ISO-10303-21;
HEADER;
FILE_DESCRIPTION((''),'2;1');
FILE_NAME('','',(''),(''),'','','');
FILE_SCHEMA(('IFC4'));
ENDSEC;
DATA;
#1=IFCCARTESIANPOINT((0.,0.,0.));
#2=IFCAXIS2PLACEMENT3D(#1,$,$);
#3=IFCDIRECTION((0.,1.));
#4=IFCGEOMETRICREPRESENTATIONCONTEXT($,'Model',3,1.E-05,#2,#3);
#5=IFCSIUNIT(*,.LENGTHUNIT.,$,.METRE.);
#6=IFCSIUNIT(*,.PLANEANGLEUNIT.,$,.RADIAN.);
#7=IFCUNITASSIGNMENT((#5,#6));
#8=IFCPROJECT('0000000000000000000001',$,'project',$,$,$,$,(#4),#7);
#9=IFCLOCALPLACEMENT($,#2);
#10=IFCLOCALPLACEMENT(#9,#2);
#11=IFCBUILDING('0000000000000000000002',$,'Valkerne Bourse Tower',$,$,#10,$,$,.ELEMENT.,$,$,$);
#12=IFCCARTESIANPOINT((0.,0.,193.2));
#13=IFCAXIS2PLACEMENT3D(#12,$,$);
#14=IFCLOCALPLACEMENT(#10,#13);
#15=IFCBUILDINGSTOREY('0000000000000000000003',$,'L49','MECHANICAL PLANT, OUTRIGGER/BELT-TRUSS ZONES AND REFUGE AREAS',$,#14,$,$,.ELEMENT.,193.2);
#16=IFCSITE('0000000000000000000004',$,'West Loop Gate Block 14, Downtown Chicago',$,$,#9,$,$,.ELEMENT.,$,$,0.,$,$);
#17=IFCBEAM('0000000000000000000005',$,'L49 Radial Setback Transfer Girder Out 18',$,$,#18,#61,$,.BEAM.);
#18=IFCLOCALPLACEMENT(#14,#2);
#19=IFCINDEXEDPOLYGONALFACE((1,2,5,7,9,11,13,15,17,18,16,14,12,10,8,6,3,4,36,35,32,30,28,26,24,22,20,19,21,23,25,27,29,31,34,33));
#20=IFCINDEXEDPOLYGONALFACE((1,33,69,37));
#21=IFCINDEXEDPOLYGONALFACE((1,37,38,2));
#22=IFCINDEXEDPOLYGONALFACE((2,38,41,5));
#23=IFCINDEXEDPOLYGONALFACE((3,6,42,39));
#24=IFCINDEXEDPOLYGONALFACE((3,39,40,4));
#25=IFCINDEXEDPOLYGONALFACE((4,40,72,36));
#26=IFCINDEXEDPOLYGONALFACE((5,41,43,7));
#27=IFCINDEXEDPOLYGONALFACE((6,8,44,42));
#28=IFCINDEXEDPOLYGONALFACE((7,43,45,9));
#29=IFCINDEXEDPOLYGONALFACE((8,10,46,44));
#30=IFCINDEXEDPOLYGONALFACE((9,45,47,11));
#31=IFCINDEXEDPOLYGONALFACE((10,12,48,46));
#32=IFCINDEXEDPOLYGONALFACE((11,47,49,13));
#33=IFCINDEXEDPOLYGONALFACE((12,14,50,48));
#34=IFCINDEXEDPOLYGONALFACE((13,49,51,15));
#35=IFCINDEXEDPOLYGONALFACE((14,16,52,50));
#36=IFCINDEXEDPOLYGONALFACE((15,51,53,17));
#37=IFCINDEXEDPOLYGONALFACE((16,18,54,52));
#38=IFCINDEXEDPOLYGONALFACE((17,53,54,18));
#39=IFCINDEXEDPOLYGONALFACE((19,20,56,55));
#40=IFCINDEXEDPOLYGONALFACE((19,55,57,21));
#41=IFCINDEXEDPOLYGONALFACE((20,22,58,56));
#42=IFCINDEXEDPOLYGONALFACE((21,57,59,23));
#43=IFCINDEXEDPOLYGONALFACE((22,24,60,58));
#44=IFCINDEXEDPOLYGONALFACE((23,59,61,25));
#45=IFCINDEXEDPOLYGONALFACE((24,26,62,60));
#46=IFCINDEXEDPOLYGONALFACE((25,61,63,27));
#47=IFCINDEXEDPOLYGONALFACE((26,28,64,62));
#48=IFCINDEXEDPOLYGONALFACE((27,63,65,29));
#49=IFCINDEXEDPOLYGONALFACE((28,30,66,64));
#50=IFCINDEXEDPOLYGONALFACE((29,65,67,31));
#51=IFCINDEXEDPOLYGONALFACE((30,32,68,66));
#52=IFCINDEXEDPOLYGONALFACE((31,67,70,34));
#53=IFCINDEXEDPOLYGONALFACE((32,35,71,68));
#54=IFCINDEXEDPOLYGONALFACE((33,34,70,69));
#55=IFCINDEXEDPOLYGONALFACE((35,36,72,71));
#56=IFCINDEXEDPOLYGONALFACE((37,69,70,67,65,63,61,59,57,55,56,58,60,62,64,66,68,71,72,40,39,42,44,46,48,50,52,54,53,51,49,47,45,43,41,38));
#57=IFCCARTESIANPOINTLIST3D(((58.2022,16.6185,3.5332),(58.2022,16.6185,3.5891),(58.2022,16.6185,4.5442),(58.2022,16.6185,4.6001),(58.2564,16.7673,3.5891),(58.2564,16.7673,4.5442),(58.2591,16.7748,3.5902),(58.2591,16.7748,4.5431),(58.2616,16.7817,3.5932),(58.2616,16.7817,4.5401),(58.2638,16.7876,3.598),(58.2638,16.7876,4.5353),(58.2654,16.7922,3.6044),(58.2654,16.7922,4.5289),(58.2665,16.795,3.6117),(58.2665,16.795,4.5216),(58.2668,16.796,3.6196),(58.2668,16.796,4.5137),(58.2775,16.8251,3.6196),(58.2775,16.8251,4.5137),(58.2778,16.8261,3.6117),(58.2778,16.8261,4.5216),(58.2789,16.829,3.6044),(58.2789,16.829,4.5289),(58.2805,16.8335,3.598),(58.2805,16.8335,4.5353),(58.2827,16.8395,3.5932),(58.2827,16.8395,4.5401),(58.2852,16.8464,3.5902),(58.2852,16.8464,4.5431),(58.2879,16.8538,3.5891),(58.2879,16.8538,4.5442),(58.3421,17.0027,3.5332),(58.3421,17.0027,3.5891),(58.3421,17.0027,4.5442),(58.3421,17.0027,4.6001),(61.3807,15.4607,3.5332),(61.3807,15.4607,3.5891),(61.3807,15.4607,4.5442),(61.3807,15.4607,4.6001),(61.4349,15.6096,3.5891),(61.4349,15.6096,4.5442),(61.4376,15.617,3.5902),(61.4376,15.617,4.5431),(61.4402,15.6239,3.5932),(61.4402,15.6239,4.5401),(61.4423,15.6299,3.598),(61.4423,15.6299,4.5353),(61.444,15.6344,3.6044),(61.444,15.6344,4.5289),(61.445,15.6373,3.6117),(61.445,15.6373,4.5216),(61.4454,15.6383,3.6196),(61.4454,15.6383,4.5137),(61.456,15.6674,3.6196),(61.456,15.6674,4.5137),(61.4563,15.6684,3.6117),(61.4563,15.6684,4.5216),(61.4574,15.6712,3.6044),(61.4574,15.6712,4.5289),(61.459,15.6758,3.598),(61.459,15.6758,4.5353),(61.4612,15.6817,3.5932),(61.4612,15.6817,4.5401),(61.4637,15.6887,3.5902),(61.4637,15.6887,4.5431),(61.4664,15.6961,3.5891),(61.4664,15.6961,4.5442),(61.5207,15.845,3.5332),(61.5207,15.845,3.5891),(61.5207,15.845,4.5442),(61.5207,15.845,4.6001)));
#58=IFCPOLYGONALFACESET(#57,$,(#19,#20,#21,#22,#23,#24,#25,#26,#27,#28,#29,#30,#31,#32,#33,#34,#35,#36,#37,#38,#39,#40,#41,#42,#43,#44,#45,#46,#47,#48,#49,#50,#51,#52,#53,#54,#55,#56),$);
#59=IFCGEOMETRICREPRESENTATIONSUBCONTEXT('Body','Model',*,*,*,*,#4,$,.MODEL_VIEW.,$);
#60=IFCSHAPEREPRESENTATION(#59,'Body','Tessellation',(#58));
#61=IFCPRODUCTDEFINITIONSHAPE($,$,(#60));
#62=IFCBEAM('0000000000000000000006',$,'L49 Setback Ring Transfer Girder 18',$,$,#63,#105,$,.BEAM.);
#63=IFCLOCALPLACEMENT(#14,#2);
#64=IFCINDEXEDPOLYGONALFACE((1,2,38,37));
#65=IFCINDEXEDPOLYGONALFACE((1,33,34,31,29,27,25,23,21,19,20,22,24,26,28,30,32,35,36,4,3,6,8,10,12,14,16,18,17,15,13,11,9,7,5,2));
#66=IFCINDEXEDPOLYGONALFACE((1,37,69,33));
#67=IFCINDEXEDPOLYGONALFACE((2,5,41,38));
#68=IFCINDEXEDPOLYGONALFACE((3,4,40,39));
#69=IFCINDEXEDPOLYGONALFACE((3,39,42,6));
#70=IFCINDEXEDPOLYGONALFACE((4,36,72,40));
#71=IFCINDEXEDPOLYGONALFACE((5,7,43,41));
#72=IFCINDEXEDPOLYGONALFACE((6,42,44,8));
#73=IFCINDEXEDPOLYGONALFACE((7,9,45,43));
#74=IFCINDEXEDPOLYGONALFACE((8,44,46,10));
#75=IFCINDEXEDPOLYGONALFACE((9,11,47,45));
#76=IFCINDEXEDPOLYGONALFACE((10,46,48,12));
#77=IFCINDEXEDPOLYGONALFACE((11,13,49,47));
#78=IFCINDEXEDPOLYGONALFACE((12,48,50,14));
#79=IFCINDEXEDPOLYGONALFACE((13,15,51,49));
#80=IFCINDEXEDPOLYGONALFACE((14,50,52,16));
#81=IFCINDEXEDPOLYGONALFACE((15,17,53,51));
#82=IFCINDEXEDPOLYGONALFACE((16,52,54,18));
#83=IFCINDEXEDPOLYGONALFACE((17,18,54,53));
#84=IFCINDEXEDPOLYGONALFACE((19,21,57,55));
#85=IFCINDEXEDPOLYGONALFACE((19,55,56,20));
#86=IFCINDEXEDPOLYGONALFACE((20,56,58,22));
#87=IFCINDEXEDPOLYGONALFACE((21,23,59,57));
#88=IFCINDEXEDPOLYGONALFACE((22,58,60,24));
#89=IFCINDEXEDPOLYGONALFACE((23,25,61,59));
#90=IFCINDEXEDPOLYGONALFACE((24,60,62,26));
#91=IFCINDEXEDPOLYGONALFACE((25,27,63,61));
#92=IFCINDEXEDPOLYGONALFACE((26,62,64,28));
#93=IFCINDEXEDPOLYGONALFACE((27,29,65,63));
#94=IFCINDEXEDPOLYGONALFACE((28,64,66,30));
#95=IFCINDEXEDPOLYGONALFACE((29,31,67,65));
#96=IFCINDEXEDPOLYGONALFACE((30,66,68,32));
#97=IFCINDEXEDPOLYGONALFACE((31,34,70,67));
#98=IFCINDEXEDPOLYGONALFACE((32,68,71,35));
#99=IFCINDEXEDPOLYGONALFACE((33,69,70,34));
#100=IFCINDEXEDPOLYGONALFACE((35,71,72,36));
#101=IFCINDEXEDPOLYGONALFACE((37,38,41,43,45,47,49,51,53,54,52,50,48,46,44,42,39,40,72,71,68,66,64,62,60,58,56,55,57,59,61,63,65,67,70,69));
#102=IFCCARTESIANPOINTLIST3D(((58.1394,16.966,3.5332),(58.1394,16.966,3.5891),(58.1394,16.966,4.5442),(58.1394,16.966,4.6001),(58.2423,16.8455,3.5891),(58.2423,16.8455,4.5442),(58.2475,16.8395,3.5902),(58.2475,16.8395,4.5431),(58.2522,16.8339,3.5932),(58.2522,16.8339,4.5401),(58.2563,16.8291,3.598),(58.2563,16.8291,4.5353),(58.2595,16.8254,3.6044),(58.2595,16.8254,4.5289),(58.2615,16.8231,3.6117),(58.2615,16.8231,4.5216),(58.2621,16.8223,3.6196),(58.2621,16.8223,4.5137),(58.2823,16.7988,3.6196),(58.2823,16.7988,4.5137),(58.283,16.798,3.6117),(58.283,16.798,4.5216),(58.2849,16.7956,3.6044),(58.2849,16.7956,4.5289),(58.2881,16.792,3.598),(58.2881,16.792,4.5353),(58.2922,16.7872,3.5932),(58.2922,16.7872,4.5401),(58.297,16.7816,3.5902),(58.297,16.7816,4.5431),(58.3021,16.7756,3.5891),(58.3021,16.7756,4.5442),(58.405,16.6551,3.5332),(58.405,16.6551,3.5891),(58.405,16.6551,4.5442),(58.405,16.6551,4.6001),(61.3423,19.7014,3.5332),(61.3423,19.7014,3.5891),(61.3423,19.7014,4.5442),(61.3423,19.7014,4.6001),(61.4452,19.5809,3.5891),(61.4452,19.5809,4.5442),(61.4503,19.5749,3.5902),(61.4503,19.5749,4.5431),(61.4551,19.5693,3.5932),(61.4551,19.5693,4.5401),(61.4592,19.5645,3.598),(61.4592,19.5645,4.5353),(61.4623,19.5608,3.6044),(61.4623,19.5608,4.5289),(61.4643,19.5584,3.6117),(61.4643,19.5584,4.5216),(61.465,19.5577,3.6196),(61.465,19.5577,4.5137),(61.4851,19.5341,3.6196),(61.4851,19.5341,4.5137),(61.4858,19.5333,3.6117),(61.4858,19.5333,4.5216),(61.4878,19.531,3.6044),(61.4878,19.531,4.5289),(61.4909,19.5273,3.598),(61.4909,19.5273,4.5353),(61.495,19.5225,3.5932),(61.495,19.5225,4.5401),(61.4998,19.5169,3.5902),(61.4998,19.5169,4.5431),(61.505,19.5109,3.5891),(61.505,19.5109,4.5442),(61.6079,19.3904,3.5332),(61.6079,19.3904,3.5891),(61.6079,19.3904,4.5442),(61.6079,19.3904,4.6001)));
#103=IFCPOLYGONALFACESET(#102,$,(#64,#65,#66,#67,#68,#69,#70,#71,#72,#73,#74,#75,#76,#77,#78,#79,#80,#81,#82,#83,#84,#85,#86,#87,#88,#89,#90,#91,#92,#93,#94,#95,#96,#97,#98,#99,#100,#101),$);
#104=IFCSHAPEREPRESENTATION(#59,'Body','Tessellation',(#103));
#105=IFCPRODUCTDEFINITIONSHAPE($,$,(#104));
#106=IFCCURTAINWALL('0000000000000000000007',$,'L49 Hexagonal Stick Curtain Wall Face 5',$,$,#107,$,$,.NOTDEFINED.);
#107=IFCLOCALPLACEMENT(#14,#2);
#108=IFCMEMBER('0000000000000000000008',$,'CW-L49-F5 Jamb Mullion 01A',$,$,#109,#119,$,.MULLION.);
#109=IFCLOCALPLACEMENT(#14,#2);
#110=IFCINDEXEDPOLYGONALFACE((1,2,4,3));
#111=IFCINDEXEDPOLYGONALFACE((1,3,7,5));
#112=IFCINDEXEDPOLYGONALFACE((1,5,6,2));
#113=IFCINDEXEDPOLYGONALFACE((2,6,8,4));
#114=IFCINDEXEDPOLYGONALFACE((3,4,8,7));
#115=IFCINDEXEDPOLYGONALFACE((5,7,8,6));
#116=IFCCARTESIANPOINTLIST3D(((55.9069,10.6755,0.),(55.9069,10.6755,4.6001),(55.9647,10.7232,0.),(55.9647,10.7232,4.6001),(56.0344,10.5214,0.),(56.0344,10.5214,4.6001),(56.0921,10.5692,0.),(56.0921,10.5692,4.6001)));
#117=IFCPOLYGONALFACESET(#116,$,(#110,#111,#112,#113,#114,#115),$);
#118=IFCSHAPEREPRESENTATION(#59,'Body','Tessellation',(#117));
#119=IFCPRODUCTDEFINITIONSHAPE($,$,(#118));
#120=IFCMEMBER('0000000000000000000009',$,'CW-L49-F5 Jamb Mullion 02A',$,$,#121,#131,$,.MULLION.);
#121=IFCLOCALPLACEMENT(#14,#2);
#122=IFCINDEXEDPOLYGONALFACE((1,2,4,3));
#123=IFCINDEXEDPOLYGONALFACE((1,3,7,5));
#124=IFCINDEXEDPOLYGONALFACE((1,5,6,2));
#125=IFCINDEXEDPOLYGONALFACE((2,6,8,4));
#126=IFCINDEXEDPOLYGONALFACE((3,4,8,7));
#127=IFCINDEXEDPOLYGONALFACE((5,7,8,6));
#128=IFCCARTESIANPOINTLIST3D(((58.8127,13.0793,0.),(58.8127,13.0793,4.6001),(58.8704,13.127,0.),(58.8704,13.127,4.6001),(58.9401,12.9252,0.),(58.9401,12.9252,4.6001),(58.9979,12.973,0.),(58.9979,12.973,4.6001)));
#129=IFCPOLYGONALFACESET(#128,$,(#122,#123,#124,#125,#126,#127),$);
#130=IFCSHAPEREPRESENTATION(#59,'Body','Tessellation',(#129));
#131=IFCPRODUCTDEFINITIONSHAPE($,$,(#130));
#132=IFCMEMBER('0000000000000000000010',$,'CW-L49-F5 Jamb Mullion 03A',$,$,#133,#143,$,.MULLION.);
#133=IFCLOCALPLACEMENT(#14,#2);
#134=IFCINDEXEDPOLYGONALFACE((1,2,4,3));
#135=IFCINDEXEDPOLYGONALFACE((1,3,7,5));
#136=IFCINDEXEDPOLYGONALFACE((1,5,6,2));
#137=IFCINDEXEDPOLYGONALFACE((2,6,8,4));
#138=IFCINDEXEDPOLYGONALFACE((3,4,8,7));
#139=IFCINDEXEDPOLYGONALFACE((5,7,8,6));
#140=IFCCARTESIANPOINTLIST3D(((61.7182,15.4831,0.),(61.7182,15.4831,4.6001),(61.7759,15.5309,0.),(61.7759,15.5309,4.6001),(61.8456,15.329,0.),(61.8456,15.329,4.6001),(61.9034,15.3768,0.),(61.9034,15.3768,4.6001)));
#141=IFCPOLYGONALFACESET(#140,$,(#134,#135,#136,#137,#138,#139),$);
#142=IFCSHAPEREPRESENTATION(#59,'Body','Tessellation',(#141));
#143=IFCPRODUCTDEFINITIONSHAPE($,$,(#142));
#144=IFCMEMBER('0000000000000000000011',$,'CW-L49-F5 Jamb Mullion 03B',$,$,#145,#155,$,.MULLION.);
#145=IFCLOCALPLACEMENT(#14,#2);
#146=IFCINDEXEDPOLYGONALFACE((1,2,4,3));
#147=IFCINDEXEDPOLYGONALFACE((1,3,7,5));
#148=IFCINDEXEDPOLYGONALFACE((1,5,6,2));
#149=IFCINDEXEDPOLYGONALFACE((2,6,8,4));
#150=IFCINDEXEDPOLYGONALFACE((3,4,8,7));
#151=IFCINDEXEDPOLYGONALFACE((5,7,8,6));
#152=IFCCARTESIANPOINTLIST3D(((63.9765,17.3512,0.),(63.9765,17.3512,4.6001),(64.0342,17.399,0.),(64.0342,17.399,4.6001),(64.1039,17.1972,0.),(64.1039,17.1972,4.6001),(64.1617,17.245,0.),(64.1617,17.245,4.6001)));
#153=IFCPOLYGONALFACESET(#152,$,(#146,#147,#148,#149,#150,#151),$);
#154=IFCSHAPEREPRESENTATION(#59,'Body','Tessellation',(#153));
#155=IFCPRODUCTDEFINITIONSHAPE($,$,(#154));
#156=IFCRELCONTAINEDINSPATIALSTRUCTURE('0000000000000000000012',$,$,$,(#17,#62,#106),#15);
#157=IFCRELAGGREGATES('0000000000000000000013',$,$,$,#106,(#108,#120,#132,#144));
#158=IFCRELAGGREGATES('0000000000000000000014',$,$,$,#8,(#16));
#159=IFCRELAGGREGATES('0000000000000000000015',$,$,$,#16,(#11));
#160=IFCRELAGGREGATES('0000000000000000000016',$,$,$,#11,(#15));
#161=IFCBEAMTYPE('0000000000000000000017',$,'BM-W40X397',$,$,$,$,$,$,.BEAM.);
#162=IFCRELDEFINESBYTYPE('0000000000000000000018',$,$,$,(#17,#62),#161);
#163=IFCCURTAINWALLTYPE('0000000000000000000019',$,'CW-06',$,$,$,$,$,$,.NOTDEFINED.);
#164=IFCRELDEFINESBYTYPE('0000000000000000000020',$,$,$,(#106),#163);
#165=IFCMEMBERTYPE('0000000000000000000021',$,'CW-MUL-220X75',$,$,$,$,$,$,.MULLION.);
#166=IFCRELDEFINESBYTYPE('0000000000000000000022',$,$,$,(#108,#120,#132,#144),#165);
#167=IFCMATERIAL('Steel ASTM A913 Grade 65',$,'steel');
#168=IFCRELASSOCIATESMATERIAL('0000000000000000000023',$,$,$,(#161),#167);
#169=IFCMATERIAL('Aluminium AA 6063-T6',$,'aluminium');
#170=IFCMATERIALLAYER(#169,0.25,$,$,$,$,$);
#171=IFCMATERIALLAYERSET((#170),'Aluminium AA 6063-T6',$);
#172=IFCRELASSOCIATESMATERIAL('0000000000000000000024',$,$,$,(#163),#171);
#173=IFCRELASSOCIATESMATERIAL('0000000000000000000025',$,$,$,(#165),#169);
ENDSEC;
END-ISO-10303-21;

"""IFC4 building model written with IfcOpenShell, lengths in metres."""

from ifc_helpers import new_model, si_unit, direction, frame, origin, origin_2d, place, context, subcontext, project, spatial, rectangle, i_section, extrude, material, layer, layer_set, material_profile, profile_set, type_object, element, aggregate, save


model = new_model("IFC4")

# Units and contexts
model_context = context("Model", 3, precision=1e-05, world=origin(), true_north=direction((0.0, 1.0)))
body_context = subcontext(model_context, "Body", "Model", "MODEL_VIEW")
ifc_project = project(units=[si_unit("LENGTHUNIT", "METRE"), si_unit("PLANEANGLEUNIT", "RADIAN")], contexts=[model_context])

# Site, building, storey
site_placement = place(None, origin())
site = spatial("IfcSite", under=ifc_project, at=site_placement, Name="West Loop Gate Block 14, Downtown Chicago", CompositionType="ELEMENT", RefElevation=0.0)
building_placement = place(site_placement, origin())
building = spatial("IfcBuilding", under=site, at=building_placement, Name="Valkerne Bourse Tower", CompositionType="ELEMENT")
storey_placement = place(building_placement, frame((0.0, 0.0, 193.2)))
storey = spatial("IfcBuildingStorey", under=building, at=storey_placement, Name="L49", Description="MECHANICAL PLANT, OUTRIGGER/BELT-TRUSS ZONES AND REFUGE AREAS", CompositionType="ELEMENT", Elevation=193.2)

# Shared definitions
ifc_material_1 = material(Name="Steel ASTM A913 Grade 65", Category="steel")

# Beams
ifc_material_profile_1 = material_profile(ifc_material_1, i_section(OverallWidth=0.4089, OverallDepth=1.0669, WebThickness=0.031, FlangeThickness=0.0559, FilletRadius=0.0305, at=origin_2d()), Name="W40X397")
ifc_profile_set_1 = profile_set([ifc_material_profile_1], Name="Steel ASTM A913 Grade 65")
beam_type_1 = type_object("IfcBeamType", Name="BM-W40X397", PredefinedType="BEAM", material=ifc_profile_set_1)
beam_1_placement = place(storey_placement, frame((61.4507, 15.6528, 4.0667), z_axis=(-0.939612, 0.342241, 0.0), x_axis=(-0.342241, -0.939612, 0.0)))
element("IfcBeam", 1, at=beam_1_placement, inside=storey, type_object=beam_type_1, Name="L49 Radial Setback Transfer Girder Out 18", PredefinedType="BEAM", context=body_context, shape_type="SweptSolid", body=[
    extrude(i_section(OverallWidth=0.4089, OverallDepth=1.0669, WebThickness=0.031, FlangeThickness=0.0559, FilletRadius=0.0305, at=origin_2d()), origin(), (0.0, 0.0, 1.0), 3.3828),
])
beam_2_placement = place(storey_placement, frame((58.2722, 16.8105, 4.0667), z_axis=(0.760426, 0.649425, 0.0), x_axis=(-0.649425, 0.760426, 0.0)))
element("IfcBeam", 2, at=beam_2_placement, inside=storey, type_object=beam_type_1, Name="L49 Setback Ring Transfer Girder 18", PredefinedType="BEAM", context=body_context, shape_type="SweptSolid", body=[
    extrude(i_section(OverallWidth=0.4089, OverallDepth=1.0669, WebThickness=0.031, FlangeThickness=0.0559, FilletRadius=0.0305, at=origin_2d()), origin(), (0.0, 0.0, 1.0), 4.2119),
])

# Curtain wall, members
ifc_material_2 = material(Name="Aluminium AA 6063-T6", Category="aluminium")
ifc_layer_1 = layer(ifc_material_2, 0.25)
ifc_layer_set_1 = layer_set([ifc_layer_1], Name="Aluminium AA 6063-T6")
curtain_wall_type = type_object("IfcCurtainWallType", Name="CW-06", PredefinedType="NOTDEFINED", material=ifc_layer_set_1)
curtain_wall_placement = place(storey_placement, origin())
curtain_wall = element("IfcCurtainWall", 3, at=curtain_wall_placement, inside=storey, type_object=curtain_wall_type, Name="L49 Hexagonal Stick Curtain Wall Face 5", PredefinedType="NOTDEFINED")
ifc_material_profile_2 = material_profile(ifc_material_2, rectangle(XDim=0.075, YDim=0.2, at=origin_2d()), Name="CWM-75X200")
ifc_profile_set_2 = profile_set([ifc_material_profile_2], Name="Aluminium AA 6063-T6")
member_type_1 = type_object("IfcMemberType", Name="CW-MUL-220X75", PredefinedType="MULLION", material=ifc_profile_set_2)
member_1_placement = place(storey_placement, frame((55.9995, 10.6223, 0.0), z_axis=(0.0, 0.0, 1.0), x_axis=(0.770516, 0.637421, 0.0)))
member_1 = element("IfcMember", 4, at=member_1_placement, type_object=member_type_1, Name="CW-L49-F5 Jamb Mullion 01A", PredefinedType="MULLION", context=body_context, shape_type="SweptSolid", body=[
    extrude(rectangle(XDim=0.075, YDim=0.2, at=origin_2d()), origin(), (0.0, 0.0, 1.0), 4.6001),
])
member_2_placement = place(storey_placement, frame((58.9053, 13.0261, 0.0), z_axis=(0.0, 0.0, 1.0), x_axis=(0.770516, 0.637421, 0.0)))
member_2 = element("IfcMember", 5, at=member_2_placement, type_object=member_type_1, Name="CW-L49-F5 Jamb Mullion 02A", PredefinedType="MULLION", context=body_context, shape_type="SweptSolid", body=[
    extrude(rectangle(XDim=0.075, YDim=0.2, at=origin_2d()), origin(), (0.0, 0.0, 1.0), 4.6001),
])
member_3_placement = place(storey_placement, frame((61.8108, 15.4299, 0.0), z_axis=(0.0, 0.0, 1.0), x_axis=(0.770503, 0.637436, 0.0)))
member_3 = element("IfcMember", 6, at=member_3_placement, type_object=member_type_1, Name="CW-L49-F5 Jamb Mullion 03A", PredefinedType="MULLION", context=body_context, shape_type="SweptSolid", body=[
    extrude(rectangle(XDim=0.075, YDim=0.2, at=origin_2d()), origin(), (0.0, 0.0, 1.0), 4.6001),
])
member_4_placement = place(storey_placement, frame((64.0691, 17.2981, 0.0), z_axis=(0.0, 0.0, 1.0), x_axis=(0.770503, 0.637436, 0.0)))
member_4 = element("IfcMember", 7, at=member_4_placement, type_object=member_type_1, Name="CW-L49-F5 Jamb Mullion 03B", PredefinedType="MULLION", context=body_context, shape_type="SweptSolid", body=[
    extrude(rectangle(XDim=0.075, YDim=0.2, at=origin_2d()), origin(), (0.0, 0.0, 1.0), 4.6001),
])

aggregate(curtain_wall, [member_1, member_2, member_3, member_4])

save(model, "model.ifc")
